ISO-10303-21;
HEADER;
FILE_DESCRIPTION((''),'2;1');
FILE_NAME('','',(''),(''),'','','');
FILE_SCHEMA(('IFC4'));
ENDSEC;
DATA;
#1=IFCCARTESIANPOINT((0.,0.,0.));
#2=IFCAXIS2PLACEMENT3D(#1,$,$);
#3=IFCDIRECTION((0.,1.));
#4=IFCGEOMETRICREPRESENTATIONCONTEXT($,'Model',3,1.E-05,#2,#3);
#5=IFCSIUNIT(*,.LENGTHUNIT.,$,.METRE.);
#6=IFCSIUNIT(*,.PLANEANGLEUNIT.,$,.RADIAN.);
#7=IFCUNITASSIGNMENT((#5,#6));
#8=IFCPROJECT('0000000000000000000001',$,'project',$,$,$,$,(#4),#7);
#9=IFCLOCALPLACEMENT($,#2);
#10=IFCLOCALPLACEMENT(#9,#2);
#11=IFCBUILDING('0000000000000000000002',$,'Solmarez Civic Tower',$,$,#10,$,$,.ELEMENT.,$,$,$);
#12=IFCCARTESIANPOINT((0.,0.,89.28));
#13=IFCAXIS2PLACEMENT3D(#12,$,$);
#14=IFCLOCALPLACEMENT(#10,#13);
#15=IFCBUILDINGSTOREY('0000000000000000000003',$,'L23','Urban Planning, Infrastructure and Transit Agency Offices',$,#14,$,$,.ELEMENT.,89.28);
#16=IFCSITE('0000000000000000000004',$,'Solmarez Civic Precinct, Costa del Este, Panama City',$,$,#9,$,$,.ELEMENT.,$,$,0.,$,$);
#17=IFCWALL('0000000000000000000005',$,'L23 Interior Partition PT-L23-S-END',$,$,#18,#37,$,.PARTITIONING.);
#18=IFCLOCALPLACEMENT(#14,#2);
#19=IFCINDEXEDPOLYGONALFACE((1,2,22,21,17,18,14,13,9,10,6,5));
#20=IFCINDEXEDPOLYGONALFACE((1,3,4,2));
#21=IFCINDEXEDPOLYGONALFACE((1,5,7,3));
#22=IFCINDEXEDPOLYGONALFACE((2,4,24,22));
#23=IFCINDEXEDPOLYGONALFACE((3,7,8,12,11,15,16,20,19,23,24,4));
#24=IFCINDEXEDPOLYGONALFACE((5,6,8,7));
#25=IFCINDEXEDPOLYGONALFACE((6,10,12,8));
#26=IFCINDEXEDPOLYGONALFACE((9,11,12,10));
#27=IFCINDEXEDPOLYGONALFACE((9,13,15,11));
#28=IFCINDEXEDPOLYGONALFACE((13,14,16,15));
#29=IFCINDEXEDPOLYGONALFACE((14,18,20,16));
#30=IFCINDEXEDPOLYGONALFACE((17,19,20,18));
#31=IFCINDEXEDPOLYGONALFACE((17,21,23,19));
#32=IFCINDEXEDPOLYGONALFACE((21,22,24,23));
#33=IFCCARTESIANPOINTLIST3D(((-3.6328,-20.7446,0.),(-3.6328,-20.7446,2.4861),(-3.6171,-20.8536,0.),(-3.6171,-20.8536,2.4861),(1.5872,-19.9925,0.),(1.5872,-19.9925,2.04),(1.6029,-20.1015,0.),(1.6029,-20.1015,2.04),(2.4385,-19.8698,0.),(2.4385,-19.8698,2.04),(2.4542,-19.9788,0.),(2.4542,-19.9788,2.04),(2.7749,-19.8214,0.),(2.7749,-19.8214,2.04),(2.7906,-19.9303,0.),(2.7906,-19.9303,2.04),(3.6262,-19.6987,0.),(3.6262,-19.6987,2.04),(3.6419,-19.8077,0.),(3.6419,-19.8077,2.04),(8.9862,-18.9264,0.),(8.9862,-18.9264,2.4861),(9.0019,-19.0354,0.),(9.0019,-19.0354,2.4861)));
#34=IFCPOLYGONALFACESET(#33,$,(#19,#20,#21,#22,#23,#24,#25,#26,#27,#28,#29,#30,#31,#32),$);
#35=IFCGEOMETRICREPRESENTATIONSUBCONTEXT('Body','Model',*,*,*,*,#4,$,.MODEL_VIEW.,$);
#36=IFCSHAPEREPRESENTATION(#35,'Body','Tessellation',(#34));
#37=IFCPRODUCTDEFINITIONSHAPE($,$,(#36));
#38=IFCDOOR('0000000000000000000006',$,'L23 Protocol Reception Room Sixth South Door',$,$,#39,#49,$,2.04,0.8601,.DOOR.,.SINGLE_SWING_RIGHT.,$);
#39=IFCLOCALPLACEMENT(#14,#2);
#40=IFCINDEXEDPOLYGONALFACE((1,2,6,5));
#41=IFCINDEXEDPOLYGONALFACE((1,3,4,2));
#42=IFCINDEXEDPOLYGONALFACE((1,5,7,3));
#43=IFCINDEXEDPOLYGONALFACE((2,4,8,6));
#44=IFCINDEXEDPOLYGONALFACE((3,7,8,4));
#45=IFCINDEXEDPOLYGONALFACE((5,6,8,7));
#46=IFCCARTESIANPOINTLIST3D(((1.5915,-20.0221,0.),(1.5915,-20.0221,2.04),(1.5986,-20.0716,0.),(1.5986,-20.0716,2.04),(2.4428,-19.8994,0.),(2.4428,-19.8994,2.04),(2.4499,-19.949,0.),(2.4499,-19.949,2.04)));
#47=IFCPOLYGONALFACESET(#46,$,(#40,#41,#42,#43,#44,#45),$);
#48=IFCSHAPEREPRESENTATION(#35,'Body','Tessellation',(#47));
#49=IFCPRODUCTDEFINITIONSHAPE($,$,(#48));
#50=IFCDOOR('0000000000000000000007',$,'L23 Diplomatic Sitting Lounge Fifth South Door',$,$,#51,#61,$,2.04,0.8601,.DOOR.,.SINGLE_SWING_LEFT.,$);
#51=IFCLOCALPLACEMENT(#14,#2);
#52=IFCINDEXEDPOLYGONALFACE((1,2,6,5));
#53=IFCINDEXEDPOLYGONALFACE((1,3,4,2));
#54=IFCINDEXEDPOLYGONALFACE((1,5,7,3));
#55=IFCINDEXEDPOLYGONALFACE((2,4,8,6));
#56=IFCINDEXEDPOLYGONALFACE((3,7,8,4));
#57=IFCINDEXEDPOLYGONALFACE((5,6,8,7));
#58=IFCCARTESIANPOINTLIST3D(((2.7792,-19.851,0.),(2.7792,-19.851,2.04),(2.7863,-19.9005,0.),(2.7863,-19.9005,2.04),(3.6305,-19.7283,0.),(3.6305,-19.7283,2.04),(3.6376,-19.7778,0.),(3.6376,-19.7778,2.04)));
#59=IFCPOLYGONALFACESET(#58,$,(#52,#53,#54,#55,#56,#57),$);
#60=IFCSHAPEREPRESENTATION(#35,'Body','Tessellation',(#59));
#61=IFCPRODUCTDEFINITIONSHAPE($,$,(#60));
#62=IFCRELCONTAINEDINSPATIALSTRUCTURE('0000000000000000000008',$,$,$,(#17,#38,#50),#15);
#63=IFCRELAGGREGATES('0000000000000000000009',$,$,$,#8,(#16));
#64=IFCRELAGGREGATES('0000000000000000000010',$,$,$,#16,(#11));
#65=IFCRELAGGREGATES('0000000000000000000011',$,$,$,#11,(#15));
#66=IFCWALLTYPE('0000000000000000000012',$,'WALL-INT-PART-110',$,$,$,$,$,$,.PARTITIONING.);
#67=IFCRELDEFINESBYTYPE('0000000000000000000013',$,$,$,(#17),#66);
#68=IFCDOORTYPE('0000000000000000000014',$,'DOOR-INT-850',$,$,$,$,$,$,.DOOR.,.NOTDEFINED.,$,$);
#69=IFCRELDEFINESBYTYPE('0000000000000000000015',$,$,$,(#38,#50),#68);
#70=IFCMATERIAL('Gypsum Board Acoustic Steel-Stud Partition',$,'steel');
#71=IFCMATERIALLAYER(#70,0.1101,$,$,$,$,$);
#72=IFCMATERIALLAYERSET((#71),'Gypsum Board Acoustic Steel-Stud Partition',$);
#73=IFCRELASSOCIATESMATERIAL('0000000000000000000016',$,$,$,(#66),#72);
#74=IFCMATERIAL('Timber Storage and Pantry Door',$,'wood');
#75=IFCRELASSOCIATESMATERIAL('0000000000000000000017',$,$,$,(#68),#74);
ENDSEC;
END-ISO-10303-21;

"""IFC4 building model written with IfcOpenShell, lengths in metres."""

from ifc_helpers import new_model, si_unit, direction, frame, frame_2d, origin, place, context, subcontext, project, spatial, rectangle, extrude, material, layer, layer_set, type_object, element, fill, save


model = new_model("IFC4")

# Units and contexts
model_context = context("Model", 3, precision=1e-05, world=origin(), true_north=direction((0.0, 1.0)))
body_context = subcontext(model_context, "Body", "Model", "MODEL_VIEW")
ifc_project = project(units=[si_unit("LENGTHUNIT", "METRE"), si_unit("PLANEANGLEUNIT", "RADIAN")], contexts=[model_context])

# Site, building, storey
site_placement = place(None, origin())
site = spatial("IfcSite", under=ifc_project, at=site_placement, Name="Solmarez Civic Precinct, Costa del Este, Panama City", CompositionType="ELEMENT", RefElevation=0.0)
building_placement = place(site_placement, origin())
building = spatial("IfcBuilding", under=site, at=building_placement, Name="Solmarez Civic Tower", CompositionType="ELEMENT")
storey_placement = place(building_placement, frame((0.0, 0.0, 89.28)))
storey = spatial("IfcBuildingStorey", under=building, at=storey_placement, Name="L23", Description="Urban Planning, Infrastructure and Transit Agency Offices", CompositionType="ELEMENT", Elevation=89.28)

# Shared definitions
ifc_material_1 = material(Name="Gypsum Board Acoustic Steel-Stud Partition", Category="steel")
ifc_layer_1 = layer(ifc_material_1, 0.1101)
ifc_layer_set_1 = layer_set([ifc_layer_1], Name="Gypsum Board Acoustic Steel-Stud Partition")
wall_type_1 = type_object("IfcWallType", Name="WALL-INT-PART-110", PredefinedType="PARTITIONING", material=ifc_layer_set_1)

# Wall, openings, doors
wall_1_placement = place(storey_placement, frame((8.9939, -18.981, 0.0), z_axis=(0.0, 0.0, 1.0), x_axis=(-0.98978, -0.142606, 0.0)))
wall_1 = element("IfcWall", 1, at=wall_1_placement, inside=storey, type_object=wall_type_1, Name="L23 Interior Partition PT-L23-S-END", PredefinedType="PARTITIONING", context=body_context, shape_type="SweptSolid", body=[
    extrude(rectangle(XDim=12.7493, YDim=0.1101, at=frame_2d((6.3745, 0.0))), origin(), (0.0, 0.0, 1.0), 2.4861),
])
opening_1_placement = place(wall_1_placement, frame((6.615, 0.0, 0.0)))
opening_1 = element("IfcOpeningElement", 2, at=opening_1_placement, cuts=wall_1, PredefinedType="OPENING", context=body_context, shape_type="SweptSolid", body=[
    extrude(rectangle(XDim=0.8601, YDim=2.04, at=frame_2d((0.4302, 1.02))), frame((0.0, 0.0649, 0.0), z_axis=(0.0, -1.0, 0.0), x_axis=(1.0, 0.0, 0.0)), (0.0, 0.0, 1.0), 0.1301),
])
opening_2_placement = place(wall_1_placement, frame((5.415, 0.0, 0.0)))
opening_2 = element("IfcOpeningElement", 3, at=opening_2_placement, cuts=wall_1, PredefinedType="OPENING", context=body_context, shape_type="SweptSolid", body=[
    extrude(rectangle(XDim=0.8601, YDim=2.04, at=frame_2d((0.4302, 1.02))), frame((0.0, 0.0649, 0.0), z_axis=(0.0, -1.0, 0.0), x_axis=(1.0, 0.0, 0.0)), (0.0, 0.0, 1.0), 0.1301),
])
ifc_material_2 = material(Name="Timber Storage and Pantry Door", Category="wood")
door_type = type_object("IfcDoorType", Name="DOOR-INT-850", OperationType="NOTDEFINED", PredefinedType="DOOR", material=ifc_material_2)
door_1_placement = place(opening_1_placement, origin())
door_1 = element("IfcDoor", 4, at=door_1_placement, inside=storey, type_object=door_type, Name="L23 Protocol Reception Room Sixth South Door", OperationType="SINGLE_SWING_RIGHT", OverallHeight=2.04, OverallWidth=0.8601, PredefinedType="DOOR", context=body_context, shape_type="SweptSolid", body=[
    extrude(rectangle(XDim=0.8601, YDim=2.04, at=frame_2d((0.4302, 1.02))), frame((0.0, 0.0249, 0.0), z_axis=(0.0, -1.0, 0.0), x_axis=(1.0, 0.0, 0.0)), (0.0, 0.0, 1.0), 0.05),
])
fill(opening_1, door_1)
door_2_placement = place(opening_2_placement, origin())
door_2 = element("IfcDoor", 5, at=door_2_placement, inside=storey, type_object=door_type, Name="L23 Diplomatic Sitting Lounge Fifth South Door", OperationType="SINGLE_SWING_LEFT", OverallHeight=2.04, OverallWidth=0.8601, PredefinedType="DOOR", context=body_context, shape_type="SweptSolid", body=[
    extrude(rectangle(XDim=0.8601, YDim=2.04, at=frame_2d((0.4302, 1.02))), frame((0.0, 0.0249, 0.0), z_axis=(0.0, -1.0, 0.0), x_axis=(1.0, 0.0, 0.0)), (0.0, 0.0, 1.0), 0.05),
])
fill(opening_2, door_2)

save(model, "model.ifc")
